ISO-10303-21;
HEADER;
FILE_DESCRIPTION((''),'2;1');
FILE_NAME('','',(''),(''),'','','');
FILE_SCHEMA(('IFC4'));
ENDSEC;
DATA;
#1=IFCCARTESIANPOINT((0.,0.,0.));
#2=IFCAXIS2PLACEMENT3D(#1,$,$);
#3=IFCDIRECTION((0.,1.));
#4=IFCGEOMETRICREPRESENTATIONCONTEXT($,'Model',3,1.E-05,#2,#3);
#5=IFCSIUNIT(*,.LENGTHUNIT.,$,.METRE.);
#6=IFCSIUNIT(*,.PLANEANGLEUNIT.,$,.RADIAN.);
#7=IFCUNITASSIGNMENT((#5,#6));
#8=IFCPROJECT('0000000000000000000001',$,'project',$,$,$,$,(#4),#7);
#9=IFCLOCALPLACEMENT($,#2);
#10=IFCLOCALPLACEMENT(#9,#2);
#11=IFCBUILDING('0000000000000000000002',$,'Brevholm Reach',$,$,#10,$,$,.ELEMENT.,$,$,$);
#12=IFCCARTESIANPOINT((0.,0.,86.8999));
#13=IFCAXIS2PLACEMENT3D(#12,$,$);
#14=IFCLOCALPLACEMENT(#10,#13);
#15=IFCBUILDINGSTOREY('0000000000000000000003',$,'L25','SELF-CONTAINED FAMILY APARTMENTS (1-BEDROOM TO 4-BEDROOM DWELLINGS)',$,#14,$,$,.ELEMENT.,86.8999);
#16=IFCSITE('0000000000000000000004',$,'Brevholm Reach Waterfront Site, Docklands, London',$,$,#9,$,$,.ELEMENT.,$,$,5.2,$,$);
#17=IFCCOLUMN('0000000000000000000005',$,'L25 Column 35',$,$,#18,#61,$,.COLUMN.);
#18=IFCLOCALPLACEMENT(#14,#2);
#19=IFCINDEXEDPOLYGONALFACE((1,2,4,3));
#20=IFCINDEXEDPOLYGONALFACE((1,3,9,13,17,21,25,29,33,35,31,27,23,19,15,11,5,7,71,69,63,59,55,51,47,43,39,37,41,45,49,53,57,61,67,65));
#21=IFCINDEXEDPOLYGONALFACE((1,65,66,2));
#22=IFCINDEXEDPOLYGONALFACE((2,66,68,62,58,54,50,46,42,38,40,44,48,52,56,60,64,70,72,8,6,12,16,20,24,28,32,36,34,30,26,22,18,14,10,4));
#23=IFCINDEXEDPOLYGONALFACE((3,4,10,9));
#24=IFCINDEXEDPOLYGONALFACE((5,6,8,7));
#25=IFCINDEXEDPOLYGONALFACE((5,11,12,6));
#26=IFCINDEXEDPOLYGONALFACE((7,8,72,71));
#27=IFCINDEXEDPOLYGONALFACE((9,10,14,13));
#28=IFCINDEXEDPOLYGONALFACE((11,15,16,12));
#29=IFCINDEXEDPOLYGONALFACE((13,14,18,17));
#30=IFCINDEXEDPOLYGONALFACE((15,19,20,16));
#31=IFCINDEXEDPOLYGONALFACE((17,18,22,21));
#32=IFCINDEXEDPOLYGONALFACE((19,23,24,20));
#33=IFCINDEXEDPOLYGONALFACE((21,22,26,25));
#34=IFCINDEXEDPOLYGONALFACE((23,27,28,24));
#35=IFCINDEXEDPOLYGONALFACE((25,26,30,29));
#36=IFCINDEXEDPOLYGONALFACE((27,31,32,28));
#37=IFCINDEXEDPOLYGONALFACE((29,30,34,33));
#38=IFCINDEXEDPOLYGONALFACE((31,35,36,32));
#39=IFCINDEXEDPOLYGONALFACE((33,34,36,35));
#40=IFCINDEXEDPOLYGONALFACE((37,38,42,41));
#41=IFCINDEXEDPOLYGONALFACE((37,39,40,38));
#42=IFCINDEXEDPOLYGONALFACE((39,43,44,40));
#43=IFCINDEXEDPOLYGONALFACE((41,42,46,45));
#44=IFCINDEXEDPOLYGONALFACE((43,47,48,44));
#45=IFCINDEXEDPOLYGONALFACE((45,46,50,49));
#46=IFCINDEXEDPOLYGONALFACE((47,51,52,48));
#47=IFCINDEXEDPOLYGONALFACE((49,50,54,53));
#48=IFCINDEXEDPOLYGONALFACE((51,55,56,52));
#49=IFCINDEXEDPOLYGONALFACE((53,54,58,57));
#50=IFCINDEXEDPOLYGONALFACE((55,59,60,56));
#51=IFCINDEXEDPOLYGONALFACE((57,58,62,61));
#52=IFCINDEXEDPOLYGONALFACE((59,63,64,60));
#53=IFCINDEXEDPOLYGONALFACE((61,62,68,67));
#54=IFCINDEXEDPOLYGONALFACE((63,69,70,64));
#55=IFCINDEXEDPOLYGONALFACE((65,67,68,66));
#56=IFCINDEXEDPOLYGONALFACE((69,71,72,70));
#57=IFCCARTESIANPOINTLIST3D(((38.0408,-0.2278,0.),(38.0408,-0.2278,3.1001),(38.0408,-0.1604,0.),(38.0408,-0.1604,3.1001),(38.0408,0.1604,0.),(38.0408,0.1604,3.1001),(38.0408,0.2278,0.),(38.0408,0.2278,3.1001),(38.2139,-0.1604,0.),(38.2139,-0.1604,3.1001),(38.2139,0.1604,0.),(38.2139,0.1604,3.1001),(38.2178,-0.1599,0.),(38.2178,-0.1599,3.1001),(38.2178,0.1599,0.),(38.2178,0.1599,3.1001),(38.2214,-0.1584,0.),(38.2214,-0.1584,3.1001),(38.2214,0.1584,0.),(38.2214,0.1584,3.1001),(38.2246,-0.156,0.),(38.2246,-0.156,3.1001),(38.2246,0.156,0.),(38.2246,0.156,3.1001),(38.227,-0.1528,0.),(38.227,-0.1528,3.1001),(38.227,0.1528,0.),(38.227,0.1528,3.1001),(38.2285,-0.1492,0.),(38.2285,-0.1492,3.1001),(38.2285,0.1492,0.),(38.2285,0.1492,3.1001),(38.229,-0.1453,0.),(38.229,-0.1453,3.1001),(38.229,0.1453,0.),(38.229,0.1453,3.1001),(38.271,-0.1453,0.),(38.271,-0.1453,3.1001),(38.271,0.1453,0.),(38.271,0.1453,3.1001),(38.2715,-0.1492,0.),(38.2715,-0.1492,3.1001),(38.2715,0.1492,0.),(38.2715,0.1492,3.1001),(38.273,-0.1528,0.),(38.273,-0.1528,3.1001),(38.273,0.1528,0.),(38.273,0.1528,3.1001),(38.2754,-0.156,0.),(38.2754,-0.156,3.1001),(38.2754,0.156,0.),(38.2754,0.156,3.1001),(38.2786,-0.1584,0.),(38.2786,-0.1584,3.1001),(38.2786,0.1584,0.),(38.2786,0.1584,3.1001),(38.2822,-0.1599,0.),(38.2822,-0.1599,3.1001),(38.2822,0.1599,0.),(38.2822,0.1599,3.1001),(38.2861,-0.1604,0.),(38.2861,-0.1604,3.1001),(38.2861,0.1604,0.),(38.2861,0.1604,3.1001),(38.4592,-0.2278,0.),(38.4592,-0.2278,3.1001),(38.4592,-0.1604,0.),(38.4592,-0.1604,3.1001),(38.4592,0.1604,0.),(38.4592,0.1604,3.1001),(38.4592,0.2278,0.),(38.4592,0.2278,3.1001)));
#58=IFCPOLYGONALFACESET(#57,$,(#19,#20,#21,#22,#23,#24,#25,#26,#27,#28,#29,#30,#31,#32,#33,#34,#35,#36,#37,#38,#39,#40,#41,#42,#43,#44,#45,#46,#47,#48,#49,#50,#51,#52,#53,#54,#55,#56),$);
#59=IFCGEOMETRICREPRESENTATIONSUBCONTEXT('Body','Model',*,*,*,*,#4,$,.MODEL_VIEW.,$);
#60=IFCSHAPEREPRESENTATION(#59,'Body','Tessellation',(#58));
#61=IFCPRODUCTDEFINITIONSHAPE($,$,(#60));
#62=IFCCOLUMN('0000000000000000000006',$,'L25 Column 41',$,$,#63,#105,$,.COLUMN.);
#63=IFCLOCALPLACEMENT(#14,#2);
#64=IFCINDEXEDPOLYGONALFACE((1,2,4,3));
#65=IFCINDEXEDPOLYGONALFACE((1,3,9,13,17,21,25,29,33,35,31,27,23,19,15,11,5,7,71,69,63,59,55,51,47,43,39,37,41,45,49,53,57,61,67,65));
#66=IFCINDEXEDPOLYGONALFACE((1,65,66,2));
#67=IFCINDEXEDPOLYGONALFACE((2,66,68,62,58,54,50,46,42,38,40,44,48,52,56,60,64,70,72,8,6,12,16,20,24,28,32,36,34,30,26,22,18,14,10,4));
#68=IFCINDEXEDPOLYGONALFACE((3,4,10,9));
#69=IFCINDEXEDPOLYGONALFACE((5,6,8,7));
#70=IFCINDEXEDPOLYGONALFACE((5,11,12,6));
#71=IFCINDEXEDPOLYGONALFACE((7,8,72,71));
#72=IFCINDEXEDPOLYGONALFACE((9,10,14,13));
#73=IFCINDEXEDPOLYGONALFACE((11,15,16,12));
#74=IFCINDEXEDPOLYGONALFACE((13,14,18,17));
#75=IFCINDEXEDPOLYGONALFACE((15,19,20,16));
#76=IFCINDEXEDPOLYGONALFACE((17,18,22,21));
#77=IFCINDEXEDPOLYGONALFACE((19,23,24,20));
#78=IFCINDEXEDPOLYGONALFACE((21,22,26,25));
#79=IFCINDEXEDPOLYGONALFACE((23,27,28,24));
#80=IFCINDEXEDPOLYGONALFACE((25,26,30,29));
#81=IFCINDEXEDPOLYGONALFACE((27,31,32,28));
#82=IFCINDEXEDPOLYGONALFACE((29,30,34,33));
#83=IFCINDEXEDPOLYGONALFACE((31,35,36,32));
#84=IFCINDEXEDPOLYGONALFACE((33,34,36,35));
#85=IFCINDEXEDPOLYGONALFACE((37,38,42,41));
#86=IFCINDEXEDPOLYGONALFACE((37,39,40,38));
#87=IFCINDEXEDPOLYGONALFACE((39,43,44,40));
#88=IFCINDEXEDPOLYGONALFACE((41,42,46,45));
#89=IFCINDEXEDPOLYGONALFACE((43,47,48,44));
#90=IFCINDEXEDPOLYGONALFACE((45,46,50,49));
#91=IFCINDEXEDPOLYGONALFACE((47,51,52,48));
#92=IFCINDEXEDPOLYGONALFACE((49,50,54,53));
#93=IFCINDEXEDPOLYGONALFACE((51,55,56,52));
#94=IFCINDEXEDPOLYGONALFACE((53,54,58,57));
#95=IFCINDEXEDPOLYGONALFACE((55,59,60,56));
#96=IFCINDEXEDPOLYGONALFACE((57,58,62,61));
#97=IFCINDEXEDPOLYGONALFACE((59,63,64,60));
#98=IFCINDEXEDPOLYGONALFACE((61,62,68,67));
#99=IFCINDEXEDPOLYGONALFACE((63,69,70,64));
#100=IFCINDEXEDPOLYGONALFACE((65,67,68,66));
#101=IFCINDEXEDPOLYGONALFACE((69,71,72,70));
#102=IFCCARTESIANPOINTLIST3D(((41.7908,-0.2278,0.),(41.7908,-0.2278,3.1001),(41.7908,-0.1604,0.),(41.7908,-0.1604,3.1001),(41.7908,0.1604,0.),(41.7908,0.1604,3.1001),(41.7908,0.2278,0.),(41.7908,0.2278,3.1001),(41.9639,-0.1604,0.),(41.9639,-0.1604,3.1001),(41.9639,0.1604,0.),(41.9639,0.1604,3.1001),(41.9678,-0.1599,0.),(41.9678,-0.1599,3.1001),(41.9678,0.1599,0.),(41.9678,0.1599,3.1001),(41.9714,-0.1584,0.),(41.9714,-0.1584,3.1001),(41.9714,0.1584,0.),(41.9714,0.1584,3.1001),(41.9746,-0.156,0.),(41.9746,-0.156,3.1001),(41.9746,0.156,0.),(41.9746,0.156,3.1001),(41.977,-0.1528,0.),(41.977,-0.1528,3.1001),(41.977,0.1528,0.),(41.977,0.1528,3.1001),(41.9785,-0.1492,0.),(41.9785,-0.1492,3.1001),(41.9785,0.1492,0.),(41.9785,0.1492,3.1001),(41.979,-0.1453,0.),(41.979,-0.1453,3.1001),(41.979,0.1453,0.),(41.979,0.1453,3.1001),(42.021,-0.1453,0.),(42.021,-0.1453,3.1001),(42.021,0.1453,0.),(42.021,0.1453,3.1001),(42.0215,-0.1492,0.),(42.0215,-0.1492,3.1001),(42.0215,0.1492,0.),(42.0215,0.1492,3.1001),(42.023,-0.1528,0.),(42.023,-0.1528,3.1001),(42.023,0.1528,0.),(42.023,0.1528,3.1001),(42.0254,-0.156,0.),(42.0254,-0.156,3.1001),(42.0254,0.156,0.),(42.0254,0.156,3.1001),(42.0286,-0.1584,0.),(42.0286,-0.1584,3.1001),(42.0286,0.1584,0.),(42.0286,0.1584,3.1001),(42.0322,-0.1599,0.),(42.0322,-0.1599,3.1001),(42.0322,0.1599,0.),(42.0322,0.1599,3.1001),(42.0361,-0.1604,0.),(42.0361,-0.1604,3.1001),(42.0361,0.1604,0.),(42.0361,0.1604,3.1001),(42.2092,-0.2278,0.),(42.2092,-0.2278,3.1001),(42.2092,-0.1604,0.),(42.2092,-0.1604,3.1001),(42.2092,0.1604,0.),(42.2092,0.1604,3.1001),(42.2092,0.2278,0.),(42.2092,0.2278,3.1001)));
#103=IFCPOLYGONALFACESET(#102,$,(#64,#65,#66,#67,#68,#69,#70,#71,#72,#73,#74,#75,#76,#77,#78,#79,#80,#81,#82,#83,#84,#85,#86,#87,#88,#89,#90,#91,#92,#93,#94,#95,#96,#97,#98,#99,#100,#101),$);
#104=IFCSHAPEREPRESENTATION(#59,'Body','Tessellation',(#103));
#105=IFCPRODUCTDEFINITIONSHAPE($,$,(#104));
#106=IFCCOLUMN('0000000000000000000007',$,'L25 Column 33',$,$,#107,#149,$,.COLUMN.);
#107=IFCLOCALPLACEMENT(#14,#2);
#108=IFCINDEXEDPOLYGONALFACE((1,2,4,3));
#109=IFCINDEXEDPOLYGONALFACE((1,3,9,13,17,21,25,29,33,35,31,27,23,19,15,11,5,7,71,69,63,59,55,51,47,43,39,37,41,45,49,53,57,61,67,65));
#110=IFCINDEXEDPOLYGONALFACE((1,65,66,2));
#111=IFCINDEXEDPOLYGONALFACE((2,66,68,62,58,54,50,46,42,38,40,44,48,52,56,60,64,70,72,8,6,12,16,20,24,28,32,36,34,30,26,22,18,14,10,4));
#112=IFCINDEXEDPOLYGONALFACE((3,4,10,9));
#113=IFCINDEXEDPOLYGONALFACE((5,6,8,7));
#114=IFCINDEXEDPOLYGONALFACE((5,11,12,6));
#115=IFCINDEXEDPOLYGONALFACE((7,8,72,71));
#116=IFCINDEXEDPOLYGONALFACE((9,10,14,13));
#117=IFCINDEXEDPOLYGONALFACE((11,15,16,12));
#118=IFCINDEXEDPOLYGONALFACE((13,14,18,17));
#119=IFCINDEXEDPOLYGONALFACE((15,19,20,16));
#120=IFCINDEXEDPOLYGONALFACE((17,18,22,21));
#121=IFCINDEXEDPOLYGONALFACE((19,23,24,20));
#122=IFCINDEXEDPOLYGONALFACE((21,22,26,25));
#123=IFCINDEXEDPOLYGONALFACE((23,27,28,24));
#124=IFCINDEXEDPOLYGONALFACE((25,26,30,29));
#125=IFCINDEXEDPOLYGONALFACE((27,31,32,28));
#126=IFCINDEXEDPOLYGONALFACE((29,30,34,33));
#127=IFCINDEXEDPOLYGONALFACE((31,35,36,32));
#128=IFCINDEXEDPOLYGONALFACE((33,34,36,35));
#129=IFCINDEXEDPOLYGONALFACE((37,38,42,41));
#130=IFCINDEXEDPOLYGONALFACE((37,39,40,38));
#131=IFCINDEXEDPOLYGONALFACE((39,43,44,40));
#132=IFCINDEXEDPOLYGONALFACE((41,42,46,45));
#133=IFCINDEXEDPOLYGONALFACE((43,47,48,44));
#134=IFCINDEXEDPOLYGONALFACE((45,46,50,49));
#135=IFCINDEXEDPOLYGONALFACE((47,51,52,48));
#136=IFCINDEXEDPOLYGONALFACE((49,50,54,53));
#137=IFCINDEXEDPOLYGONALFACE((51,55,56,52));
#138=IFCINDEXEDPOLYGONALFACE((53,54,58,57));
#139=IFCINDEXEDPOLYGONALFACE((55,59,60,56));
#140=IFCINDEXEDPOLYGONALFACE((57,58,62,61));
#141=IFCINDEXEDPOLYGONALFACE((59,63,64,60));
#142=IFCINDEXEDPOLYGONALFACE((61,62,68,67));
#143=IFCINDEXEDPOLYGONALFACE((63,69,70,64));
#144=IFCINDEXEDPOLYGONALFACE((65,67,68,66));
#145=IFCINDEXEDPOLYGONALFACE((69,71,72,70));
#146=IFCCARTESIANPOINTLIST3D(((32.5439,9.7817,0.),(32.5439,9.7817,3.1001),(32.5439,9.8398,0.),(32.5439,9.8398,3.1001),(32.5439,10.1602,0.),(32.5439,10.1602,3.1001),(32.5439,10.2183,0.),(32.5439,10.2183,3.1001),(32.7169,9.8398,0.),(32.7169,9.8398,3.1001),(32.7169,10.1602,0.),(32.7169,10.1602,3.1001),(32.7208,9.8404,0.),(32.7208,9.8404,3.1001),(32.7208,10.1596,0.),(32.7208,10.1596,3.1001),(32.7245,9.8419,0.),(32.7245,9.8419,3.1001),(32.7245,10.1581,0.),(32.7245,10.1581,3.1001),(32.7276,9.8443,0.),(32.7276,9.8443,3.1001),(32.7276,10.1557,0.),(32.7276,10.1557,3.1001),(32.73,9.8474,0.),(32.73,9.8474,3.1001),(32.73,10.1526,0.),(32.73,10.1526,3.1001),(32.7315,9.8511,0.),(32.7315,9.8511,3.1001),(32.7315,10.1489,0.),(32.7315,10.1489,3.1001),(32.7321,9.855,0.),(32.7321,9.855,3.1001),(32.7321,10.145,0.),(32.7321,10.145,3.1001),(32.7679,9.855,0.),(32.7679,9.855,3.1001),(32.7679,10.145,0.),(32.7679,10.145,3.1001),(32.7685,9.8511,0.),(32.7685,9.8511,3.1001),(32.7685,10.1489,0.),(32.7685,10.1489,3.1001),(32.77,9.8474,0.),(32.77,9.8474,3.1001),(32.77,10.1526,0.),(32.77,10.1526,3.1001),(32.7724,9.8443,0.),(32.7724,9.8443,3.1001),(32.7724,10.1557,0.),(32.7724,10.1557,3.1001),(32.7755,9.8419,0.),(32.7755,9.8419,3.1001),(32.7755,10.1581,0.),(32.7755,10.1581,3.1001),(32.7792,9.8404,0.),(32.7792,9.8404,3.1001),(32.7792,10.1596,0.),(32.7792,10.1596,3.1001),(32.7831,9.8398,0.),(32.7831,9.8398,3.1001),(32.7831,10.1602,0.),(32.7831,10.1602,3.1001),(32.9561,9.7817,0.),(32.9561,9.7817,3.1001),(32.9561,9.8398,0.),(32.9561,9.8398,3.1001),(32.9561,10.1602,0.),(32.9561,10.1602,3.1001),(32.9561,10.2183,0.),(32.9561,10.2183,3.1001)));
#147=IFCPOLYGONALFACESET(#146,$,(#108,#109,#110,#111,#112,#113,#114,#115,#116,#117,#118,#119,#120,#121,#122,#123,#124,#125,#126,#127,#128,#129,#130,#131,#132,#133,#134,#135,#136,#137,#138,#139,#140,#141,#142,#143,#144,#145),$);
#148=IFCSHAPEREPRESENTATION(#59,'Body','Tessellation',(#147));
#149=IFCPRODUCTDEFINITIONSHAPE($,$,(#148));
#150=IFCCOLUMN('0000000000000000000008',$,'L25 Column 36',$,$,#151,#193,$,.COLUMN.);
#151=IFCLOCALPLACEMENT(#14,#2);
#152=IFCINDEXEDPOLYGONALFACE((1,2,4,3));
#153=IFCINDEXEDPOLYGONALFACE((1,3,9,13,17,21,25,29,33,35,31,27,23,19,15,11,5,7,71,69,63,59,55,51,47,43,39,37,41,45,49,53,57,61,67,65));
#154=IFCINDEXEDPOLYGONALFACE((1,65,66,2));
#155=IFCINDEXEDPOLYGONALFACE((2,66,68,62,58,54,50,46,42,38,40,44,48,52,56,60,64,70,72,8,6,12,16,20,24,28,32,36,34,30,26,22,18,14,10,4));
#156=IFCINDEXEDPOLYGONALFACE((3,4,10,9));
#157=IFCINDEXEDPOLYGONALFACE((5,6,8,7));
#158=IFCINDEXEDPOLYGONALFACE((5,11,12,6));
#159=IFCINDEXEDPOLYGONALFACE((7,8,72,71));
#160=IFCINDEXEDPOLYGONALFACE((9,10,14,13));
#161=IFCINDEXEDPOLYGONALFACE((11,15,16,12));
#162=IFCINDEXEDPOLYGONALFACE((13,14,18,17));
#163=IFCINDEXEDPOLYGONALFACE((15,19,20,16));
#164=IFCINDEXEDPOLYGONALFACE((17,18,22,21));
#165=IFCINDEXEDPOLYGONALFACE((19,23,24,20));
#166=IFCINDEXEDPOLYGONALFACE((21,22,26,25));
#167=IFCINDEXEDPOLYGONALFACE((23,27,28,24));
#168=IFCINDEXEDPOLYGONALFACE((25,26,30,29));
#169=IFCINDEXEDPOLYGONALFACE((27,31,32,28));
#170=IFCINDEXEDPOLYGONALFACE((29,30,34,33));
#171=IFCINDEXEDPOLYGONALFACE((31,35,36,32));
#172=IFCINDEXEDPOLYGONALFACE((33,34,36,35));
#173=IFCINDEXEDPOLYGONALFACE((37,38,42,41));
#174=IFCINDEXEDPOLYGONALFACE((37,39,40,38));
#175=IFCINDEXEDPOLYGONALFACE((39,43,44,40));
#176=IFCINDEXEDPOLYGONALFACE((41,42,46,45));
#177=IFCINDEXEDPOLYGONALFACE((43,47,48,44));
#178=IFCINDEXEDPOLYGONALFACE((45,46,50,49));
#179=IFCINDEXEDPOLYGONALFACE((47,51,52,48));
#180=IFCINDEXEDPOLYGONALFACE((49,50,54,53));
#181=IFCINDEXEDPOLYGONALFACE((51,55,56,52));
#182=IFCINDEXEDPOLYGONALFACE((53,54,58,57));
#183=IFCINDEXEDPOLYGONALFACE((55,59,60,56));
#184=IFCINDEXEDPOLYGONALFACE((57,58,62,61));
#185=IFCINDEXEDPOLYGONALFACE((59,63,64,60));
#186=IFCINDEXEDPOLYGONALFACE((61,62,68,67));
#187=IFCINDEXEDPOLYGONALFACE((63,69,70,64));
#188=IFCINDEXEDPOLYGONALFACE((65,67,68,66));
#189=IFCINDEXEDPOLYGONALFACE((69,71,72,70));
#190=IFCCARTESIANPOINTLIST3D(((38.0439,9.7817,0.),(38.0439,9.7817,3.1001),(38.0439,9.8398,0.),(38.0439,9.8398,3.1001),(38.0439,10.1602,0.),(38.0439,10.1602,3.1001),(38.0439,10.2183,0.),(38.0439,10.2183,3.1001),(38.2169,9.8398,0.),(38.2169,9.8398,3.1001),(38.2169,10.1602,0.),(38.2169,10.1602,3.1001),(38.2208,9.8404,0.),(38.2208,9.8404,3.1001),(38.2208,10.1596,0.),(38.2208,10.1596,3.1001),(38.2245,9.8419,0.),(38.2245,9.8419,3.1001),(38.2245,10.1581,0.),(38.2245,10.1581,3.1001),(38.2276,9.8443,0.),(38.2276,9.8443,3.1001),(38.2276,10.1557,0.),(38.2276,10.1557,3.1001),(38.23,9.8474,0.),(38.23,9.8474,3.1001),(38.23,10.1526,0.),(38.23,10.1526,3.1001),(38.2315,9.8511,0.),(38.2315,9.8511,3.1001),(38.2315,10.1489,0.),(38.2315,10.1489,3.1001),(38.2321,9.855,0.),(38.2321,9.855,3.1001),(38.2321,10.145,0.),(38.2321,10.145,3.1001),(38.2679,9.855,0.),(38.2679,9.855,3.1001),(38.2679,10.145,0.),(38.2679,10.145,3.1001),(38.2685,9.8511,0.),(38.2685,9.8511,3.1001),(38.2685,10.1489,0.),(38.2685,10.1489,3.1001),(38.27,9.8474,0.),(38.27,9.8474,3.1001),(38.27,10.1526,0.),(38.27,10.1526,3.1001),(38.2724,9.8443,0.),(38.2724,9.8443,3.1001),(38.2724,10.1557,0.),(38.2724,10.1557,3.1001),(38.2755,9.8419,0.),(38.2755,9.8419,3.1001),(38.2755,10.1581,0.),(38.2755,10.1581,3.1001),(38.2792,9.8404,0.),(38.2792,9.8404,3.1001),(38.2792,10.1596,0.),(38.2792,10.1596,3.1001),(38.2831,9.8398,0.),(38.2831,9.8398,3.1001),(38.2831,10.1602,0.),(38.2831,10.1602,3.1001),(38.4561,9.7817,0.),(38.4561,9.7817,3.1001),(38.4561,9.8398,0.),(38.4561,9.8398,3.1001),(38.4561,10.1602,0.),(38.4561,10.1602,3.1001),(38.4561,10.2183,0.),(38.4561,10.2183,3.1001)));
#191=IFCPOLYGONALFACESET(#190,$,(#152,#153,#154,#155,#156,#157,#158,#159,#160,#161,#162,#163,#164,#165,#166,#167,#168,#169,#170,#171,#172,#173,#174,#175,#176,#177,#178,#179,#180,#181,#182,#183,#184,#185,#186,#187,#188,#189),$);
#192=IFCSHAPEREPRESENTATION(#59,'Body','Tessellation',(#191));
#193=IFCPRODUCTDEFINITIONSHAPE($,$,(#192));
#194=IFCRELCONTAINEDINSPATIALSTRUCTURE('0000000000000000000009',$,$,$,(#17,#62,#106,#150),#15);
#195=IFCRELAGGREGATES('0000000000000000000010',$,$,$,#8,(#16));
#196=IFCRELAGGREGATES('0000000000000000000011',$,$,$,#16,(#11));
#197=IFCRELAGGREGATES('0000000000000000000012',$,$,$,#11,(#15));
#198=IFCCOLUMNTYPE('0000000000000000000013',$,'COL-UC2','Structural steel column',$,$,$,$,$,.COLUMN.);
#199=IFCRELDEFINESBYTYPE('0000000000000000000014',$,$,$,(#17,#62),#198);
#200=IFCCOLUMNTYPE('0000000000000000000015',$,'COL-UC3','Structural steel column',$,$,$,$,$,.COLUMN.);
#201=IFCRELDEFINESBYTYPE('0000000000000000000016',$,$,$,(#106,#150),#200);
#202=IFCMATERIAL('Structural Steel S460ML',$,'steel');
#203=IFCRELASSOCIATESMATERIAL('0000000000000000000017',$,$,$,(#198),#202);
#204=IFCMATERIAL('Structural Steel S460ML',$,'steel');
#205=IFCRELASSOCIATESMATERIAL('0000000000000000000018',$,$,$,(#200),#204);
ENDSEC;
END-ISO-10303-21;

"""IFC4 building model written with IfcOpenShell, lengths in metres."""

from ifc_helpers import new_model, si_unit, direction, frame, origin, origin_2d, place, context, subcontext, project, spatial, i_section, extrude, material, material_profile, profile_set, type_object, element, save


model = new_model("IFC4")

# Units and contexts
model_context = context("Model", 3, precision=1e-05, world=origin(), true_north=direction((0.0, 1.0)))
body_context = subcontext(model_context, "Body", "Model", "MODEL_VIEW")
ifc_project = project(units=[si_unit("LENGTHUNIT", "METRE"), si_unit("PLANEANGLEUNIT", "RADIAN")], contexts=[model_context])

# Site, building, storey
site_placement = place(None, origin())
site = spatial("IfcSite", under=ifc_project, at=site_placement, Name="Brevholm Reach Waterfront Site, Docklands, London", CompositionType="ELEMENT", RefElevation=5.2)
building_placement = place(site_placement, origin())
building = spatial("IfcBuilding", under=site, at=building_placement, Name="Brevholm Reach", CompositionType="ELEMENT")
storey_placement = place(building_placement, frame((0.0, 0.0, 86.8999)))
storey = spatial("IfcBuildingStorey", under=building, at=storey_placement, Name="L25", Description="SELF-CONTAINED FAMILY APARTMENTS (1-BEDROOM TO 4-BEDROOM DWELLINGS)", CompositionType="ELEMENT", Elevation=86.8999)

# Columns
ifc_material_1 = material(Name="Structural Steel S460ML", Category="steel")
ifc_material_profile_1 = material_profile(ifc_material_1, i_section(OverallWidth=0.4185, OverallDepth=0.4556, WebThickness=0.042, FlangeThickness=0.0674, FilletRadius=0.0151, at=origin_2d()), Name="UKC 356x406x551")
ifc_profile_set_1 = profile_set([ifc_material_profile_1], Name="Structural Steel S460ML")
column_type_1 = type_object("IfcColumnType", Name="COL-UC2", Description="Structural steel column", PredefinedType="COLUMN", material=ifc_profile_set_1)
for number, where, z_axis, x_axis, name in (
    (1, (38.25, 0.0, 0.0), (0.0, 0.0, 1.0), (1.0, 0.0, 0.0), "L25 Column 35"),
    (2, (42.0, 0.0, 0.0), (0.0, 0.0, 1.0), (1.0, 0.0, 0.0), "L25 Column 41"),
):
    element("IfcColumn", number, at=place(storey_placement, frame(where, z_axis=z_axis, x_axis=x_axis)), inside=storey, type_object=column_type_1, Name=name, PredefinedType="COLUMN", context=body_context, shape_type="SweptSolid", body=[
        extrude(i_section(OverallWidth=0.4185, OverallDepth=0.4556, WebThickness=0.042, FlangeThickness=0.0674, FilletRadius=0.0151, at=origin_2d()), origin(), (0.0, 0.0, 1.0), 3.1001),
    ])
ifc_material_2 = material(Name="Structural Steel S460ML", Category="steel")
ifc_material_profile_2 = material_profile(ifc_material_2, i_section(OverallWidth=0.4121, OverallDepth=0.4365, WebThickness=0.0359, FlangeThickness=0.0581, FilletRadius=0.0151, at=origin_2d()), Name="UKC 356x406x467")
ifc_profile_set_2 = profile_set([ifc_material_profile_2], Name="Structural Steel S460ML")
column_type_2 = type_object("IfcColumnType", Name="COL-UC3", Description="Structural steel column", PredefinedType="COLUMN", material=ifc_profile_set_2)
for number, where, z_axis, x_axis, name in (
    (3, (32.75, 10.0, 0.0), (0.0, 0.0, 1.0), (1.0, 0.0, 0.0), "L25 Column 33"),
    (4, (38.25, 10.0, 0.0), (0.0, 0.0, 1.0), (1.0, 0.0, 0.0), "L25 Column 36"),
):
    element("IfcColumn", number, at=place(storey_placement, frame(where, z_axis=z_axis, x_axis=x_axis)), inside=storey, type_object=column_type_2, Name=name, PredefinedType="COLUMN", context=body_context, shape_type="SweptSolid", body=[
        extrude(i_section(OverallWidth=0.4121, OverallDepth=0.4365, WebThickness=0.0359, FlangeThickness=0.0581, FilletRadius=0.0151, at=origin_2d()), origin(), (0.0, 0.0, 1.0), 3.1001),
    ])

save(model, "model.ifc")
